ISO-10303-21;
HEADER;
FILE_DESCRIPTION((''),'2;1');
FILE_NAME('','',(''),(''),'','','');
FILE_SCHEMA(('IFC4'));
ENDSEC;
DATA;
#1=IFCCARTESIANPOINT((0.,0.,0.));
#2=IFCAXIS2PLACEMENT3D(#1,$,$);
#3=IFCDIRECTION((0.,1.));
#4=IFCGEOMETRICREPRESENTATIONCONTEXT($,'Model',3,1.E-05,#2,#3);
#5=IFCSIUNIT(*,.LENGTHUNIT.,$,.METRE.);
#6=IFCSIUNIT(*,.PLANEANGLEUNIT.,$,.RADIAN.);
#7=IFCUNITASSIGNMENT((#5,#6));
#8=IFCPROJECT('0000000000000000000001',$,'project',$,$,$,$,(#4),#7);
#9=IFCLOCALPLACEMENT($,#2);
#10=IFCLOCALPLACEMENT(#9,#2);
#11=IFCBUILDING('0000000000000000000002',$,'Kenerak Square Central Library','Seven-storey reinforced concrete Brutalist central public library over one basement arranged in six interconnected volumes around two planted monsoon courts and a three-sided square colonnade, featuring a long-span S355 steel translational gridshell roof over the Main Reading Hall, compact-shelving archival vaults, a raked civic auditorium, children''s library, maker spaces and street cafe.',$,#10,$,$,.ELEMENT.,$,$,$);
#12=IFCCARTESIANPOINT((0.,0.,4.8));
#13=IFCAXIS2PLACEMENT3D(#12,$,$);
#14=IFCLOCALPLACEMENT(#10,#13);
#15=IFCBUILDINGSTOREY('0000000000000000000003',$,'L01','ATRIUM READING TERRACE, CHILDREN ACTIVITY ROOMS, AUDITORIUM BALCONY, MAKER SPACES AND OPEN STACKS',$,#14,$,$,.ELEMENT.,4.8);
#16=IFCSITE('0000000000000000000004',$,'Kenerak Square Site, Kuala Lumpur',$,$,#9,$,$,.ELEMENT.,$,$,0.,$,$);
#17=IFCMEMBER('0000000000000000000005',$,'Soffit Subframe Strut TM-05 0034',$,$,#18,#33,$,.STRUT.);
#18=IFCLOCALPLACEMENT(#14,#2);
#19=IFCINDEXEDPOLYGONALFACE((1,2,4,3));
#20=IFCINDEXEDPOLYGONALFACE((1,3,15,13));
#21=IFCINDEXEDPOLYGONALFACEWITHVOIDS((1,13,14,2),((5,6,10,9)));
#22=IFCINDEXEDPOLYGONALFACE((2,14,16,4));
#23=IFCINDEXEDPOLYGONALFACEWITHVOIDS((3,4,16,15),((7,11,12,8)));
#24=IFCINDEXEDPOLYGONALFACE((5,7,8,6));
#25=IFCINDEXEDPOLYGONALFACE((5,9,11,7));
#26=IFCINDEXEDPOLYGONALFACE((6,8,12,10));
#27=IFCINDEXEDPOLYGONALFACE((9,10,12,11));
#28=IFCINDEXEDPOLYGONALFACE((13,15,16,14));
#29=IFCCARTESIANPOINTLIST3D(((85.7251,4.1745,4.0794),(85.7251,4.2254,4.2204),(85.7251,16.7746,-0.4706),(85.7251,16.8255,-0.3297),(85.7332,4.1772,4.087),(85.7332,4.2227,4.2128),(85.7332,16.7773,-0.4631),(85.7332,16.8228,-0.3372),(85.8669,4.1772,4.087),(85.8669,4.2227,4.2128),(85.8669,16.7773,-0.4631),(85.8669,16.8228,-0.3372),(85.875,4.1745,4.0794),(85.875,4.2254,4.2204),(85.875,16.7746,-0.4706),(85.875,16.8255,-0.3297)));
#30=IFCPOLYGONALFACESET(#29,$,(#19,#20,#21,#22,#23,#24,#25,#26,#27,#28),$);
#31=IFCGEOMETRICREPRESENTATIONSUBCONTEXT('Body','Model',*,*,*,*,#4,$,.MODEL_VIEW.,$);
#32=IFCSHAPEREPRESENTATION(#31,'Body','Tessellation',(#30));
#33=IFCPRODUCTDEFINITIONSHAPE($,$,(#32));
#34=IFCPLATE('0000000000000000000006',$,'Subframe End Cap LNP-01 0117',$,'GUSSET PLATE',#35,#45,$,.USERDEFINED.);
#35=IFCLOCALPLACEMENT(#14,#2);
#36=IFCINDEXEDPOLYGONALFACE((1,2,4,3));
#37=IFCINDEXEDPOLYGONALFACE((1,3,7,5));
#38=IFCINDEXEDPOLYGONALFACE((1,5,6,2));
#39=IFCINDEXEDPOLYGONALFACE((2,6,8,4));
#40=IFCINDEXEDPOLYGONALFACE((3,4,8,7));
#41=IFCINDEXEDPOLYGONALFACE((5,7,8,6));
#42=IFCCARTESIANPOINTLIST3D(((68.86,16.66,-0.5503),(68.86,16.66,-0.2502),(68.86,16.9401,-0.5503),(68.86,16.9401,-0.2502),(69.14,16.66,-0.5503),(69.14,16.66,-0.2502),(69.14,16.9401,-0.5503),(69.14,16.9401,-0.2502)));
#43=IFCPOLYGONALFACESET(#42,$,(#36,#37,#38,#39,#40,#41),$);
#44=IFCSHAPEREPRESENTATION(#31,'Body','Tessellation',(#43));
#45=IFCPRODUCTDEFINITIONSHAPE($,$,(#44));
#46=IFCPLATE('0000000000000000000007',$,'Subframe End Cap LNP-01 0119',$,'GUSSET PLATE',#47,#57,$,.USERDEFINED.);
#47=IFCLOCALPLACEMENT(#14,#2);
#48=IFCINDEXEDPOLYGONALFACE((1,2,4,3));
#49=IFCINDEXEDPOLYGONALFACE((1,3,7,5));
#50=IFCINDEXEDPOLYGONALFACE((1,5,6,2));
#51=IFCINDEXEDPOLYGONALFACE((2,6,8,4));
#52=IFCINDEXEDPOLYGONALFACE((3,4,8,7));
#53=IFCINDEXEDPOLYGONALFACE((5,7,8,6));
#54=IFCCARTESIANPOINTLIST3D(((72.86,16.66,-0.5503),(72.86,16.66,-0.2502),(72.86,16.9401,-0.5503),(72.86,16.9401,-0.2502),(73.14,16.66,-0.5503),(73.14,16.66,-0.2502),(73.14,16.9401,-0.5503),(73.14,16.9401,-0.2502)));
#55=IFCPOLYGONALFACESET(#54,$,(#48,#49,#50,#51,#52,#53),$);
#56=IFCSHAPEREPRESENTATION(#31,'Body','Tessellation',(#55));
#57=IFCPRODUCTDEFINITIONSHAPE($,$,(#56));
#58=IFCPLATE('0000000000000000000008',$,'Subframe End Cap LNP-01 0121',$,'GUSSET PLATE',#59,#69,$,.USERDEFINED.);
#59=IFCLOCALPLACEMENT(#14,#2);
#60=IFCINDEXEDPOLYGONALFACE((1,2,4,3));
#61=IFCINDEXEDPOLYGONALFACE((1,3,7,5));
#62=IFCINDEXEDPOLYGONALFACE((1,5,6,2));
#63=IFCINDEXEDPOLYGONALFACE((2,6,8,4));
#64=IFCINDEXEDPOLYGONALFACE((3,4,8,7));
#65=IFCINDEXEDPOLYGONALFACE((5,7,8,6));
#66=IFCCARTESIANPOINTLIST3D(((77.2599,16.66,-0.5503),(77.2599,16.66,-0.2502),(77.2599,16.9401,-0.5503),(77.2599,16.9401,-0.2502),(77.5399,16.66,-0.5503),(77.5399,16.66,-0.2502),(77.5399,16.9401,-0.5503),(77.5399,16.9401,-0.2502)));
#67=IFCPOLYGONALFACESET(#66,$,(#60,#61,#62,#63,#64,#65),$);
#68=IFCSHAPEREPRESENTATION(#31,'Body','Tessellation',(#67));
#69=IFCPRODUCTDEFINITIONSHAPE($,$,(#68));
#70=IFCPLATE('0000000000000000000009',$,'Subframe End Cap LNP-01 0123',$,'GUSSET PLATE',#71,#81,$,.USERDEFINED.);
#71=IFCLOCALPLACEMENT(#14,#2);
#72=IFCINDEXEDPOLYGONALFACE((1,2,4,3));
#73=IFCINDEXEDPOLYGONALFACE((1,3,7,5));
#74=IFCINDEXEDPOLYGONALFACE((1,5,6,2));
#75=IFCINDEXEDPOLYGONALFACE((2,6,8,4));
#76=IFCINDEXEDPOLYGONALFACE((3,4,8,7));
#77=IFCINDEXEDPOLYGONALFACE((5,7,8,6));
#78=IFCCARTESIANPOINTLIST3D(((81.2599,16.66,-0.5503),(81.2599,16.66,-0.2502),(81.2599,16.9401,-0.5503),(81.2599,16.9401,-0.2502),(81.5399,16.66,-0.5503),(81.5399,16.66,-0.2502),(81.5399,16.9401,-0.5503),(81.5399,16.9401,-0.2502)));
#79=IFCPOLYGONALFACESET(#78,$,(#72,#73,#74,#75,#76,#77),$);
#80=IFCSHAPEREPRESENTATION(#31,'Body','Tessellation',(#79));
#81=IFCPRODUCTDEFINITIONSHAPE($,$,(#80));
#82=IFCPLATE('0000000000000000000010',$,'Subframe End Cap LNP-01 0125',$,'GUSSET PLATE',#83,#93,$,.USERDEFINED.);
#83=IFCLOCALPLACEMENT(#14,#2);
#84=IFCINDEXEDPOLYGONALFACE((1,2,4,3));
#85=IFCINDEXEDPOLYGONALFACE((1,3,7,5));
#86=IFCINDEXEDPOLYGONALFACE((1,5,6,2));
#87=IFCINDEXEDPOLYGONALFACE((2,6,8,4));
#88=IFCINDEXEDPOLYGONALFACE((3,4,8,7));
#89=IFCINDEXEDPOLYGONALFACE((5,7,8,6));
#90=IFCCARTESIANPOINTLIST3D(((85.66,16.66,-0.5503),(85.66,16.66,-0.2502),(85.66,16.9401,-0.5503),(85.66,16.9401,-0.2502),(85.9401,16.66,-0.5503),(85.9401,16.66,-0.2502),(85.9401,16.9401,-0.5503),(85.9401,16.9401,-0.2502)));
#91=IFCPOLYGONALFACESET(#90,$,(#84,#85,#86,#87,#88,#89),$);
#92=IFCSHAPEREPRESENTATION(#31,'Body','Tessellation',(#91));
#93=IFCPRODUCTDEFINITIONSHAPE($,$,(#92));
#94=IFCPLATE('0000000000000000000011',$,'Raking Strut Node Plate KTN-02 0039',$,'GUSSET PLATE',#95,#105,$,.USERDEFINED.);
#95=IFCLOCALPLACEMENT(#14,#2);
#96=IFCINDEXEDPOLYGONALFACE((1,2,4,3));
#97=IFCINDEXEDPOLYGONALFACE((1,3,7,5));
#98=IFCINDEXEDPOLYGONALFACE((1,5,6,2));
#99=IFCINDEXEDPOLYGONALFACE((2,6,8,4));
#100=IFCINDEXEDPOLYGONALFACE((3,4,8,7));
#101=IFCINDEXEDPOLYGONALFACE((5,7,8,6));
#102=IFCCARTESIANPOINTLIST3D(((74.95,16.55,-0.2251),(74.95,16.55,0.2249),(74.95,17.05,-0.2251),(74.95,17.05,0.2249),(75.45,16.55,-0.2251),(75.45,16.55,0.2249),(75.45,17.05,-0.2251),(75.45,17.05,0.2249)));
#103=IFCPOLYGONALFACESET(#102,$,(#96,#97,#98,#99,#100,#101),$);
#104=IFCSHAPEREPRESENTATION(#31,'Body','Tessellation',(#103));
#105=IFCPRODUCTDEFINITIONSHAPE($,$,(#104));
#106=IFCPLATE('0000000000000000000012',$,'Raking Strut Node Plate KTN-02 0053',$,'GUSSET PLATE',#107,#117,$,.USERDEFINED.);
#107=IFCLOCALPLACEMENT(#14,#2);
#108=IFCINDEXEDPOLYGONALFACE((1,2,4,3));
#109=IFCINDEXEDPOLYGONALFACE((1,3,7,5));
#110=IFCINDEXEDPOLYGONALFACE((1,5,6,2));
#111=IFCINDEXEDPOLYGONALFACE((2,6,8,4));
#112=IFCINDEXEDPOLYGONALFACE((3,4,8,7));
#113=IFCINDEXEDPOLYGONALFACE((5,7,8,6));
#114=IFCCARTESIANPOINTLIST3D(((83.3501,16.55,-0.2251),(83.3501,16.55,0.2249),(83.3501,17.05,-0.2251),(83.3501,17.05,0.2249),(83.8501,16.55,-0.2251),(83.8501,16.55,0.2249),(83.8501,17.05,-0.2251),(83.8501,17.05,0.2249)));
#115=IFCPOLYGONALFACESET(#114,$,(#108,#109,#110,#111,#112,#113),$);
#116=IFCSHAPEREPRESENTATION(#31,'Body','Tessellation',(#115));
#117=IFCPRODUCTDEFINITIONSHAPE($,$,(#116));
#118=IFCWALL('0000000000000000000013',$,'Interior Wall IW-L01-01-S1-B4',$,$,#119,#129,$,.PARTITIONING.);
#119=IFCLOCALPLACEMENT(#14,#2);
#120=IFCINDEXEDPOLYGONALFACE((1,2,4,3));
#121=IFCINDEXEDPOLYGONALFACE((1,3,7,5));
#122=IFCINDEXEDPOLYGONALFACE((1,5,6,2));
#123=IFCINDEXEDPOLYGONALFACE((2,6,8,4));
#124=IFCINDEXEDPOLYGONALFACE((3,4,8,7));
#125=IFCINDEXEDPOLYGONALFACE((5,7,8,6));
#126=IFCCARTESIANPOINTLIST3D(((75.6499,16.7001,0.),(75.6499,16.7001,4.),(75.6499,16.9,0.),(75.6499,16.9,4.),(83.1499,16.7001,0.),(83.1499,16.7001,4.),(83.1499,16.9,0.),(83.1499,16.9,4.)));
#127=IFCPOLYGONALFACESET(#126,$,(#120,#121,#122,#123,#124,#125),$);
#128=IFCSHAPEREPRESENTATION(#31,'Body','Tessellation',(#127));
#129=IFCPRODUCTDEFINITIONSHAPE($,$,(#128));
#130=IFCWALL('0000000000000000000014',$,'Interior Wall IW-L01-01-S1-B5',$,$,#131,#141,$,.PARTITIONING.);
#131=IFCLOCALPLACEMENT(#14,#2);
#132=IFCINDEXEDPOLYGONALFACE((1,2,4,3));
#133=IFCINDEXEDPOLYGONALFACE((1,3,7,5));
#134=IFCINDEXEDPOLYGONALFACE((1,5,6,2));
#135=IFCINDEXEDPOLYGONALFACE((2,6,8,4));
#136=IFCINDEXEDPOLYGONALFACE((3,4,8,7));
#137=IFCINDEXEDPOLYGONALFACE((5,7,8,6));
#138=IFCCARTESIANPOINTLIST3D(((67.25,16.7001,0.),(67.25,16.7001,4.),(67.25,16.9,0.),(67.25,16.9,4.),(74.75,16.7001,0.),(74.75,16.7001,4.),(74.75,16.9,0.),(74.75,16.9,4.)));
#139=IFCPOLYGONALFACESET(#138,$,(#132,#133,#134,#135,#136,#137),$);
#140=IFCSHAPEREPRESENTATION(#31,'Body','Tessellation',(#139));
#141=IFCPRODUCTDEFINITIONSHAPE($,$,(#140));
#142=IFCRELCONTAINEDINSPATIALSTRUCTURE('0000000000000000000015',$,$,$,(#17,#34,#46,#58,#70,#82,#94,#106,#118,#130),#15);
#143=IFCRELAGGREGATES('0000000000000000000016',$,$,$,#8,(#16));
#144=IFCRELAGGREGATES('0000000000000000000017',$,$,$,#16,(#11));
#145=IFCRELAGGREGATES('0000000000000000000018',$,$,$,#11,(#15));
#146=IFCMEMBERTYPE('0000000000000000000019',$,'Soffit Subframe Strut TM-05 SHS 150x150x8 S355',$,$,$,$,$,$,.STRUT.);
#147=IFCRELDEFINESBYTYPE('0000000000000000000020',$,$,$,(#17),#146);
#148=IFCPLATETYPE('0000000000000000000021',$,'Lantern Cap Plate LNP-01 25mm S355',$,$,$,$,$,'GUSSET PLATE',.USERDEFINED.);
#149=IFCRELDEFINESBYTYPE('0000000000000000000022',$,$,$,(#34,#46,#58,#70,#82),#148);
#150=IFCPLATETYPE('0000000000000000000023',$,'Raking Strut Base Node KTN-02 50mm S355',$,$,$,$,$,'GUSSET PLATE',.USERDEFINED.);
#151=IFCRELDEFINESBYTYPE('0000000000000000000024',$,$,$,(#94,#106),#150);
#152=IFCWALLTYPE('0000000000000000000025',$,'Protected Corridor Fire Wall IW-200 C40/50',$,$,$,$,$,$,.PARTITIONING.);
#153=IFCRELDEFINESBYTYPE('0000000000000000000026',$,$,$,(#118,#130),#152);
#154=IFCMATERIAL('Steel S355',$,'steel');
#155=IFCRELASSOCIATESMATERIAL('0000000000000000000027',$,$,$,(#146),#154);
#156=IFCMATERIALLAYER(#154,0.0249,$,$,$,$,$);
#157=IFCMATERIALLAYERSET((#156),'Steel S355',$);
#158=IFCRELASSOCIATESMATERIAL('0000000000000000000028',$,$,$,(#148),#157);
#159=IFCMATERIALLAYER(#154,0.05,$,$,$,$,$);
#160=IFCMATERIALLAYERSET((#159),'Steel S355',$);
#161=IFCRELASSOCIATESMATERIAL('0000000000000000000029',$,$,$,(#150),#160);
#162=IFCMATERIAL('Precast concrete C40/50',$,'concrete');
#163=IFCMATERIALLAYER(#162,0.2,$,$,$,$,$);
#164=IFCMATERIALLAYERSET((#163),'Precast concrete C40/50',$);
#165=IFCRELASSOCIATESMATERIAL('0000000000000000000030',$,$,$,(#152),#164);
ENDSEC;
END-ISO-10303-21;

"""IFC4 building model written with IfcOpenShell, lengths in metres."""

from ifc_helpers import new_model, si_unit, direction, frame, frame_2d, origin, origin_2d, place, context, subcontext, project, spatial, rectangle, hollow_rectangle, extrude, material, layer, layer_set, material_profile, profile_set, type_object, element, save


model = new_model("IFC4")

# Units and contexts
model_context = context("Model", 3, precision=1e-05, world=origin(), true_north=direction((0.0, 1.0)))
body_context = subcontext(model_context, "Body", "Model", "MODEL_VIEW")
ifc_project = project(units=[si_unit("LENGTHUNIT", "METRE"), si_unit("PLANEANGLEUNIT", "RADIAN")], contexts=[model_context])

# Site, building, storey
site_placement = place(None, origin())
site = spatial("IfcSite", under=ifc_project, at=site_placement, Name="Kenerak Square Site, Kuala Lumpur", CompositionType="ELEMENT", RefElevation=0.0)
building_placement = place(site_placement, origin())
building = spatial("IfcBuilding", under=site, at=building_placement, Name="Kenerak Square Central Library", Description="Seven-storey reinforced concrete Brutalist central public library over one basement arranged in six interconnected volumes around two planted monsoon courts and a three-sided square colonnade, featuring a long-span S355 steel translational gridshell roof over the Main Reading Hall, compact-shelving archival vaults, a raked civic auditorium, children's library, maker spaces and street cafe.", CompositionType="ELEMENT")
storey_placement = place(building_placement, frame((0.0, 0.0, 4.8)))
storey = spatial("IfcBuildingStorey", under=building, at=storey_placement, Name="L01", Description="ATRIUM READING TERRACE, CHILDREN ACTIVITY ROOMS, AUDITORIUM BALCONY, MAKER SPACES AND OPEN STACKS", CompositionType="ELEMENT", Elevation=4.8)

# Shared definitions
ifc_material_1 = material(Name="Steel S355", Category="steel")

# Member
ifc_material_profile_1 = material_profile(ifc_material_1, hollow_rectangle(XDim=0.1499, YDim=0.1499, WallThickness=0.0081, at=origin_2d()), Name="SHS 150x150x8.0")
ifc_profile_set_1 = profile_set([ifc_material_profile_1], Name="Steel S355")
member_type_1 = type_object("IfcMemberType", Name="Soffit Subframe Strut TM-05 SHS 150x150x8 S355", PredefinedType="STRUT", material=ifc_profile_set_1)
for number, where, z_axis, x_axis, name in (
    (1, (85.8, 16.8, -0.4001), (0.0, -0.940554, 0.339645), (1.0, 0.0, 0.0), "Soffit Subframe Strut TM-05 0034"),
):
    element("IfcMember", number, at=place(storey_placement, frame(where, z_axis=z_axis, x_axis=x_axis)), inside=storey, type_object=member_type_1, Name=name, PredefinedType="STRUT", context=body_context, shape_type="SweptSolid", body=[
        extrude(hollow_rectangle(XDim=0.1499, YDim=0.1499, WallThickness=0.0081, at=origin_2d()), origin(), (0.0, 0.0, 1.0), 13.3965),
    ])

# Plates
ifc_layer_1 = layer(ifc_material_1, 0.0249)
ifc_layer_set_1 = layer_set([ifc_layer_1], Name="Steel S355")
plate_type_1 = type_object("IfcPlateType", Name="Lantern Cap Plate LNP-01 25mm S355", ElementType="GUSSET PLATE", PredefinedType="USERDEFINED", material=ifc_layer_set_1)
for number, where, z_axis, x_axis, name in (
    (2, (69.0, 16.8, -0.5503), (0.0, 0.0, 1.0), (1.0, 0.0, 0.0), "Subframe End Cap LNP-01 0117"),
    (3, (73.0, 16.8, -0.5503), (0.0, 0.0, 1.0), (1.0, 0.0, 0.0), "Subframe End Cap LNP-01 0119"),
    (4, (77.3999, 16.8, -0.5503), (0.0, 0.0, 1.0), (1.0, 0.0, 0.0), "Subframe End Cap LNP-01 0121"),
    (5, (81.3999, 16.8, -0.5503), (0.0, 0.0, 1.0), (1.0, 0.0, 0.0), "Subframe End Cap LNP-01 0123"),
    (6, (85.8, 16.8, -0.5503), (0.0, 0.0, 1.0), (1.0, 0.0, 0.0), "Subframe End Cap LNP-01 0125"),
):
    element("IfcPlate", number, at=place(storey_placement, frame(where, z_axis=z_axis, x_axis=x_axis)), inside=storey, type_object=plate_type_1, Name=name, ObjectType="GUSSET PLATE", PredefinedType="USERDEFINED", context=body_context, shape_type="SweptSolid", body=[
        extrude(rectangle(XDim=0.28, YDim=0.28, at=origin_2d()), origin(), (0.0, 0.0, 1.0), 0.3),
    ])
ifc_layer_2 = layer(ifc_material_1, 0.05)
ifc_layer_set_2 = layer_set([ifc_layer_2], Name="Steel S355")
plate_type_2 = type_object("IfcPlateType", Name="Raking Strut Base Node KTN-02 50mm S355", ElementType="GUSSET PLATE", PredefinedType="USERDEFINED", material=ifc_layer_set_2)
for number, where, z_axis, x_axis, name in (
    (7, (75.2, 16.8, -0.2251), (0.0, 0.0, 1.0), (1.0, 0.0, 0.0), "Raking Strut Node Plate KTN-02 0039"),
    (8, (83.6001, 16.8, -0.2251), (0.0, 0.0, 1.0), (1.0, 0.0, 0.0), "Raking Strut Node Plate KTN-02 0053"),
):
    element("IfcPlate", number, at=place(storey_placement, frame(where, z_axis=z_axis, x_axis=x_axis)), inside=storey, type_object=plate_type_2, Name=name, ObjectType="GUSSET PLATE", PredefinedType="USERDEFINED", context=body_context, shape_type="SweptSolid", body=[
        extrude(rectangle(XDim=0.5, YDim=0.5, at=origin_2d()), origin(), (0.0, 0.0, 1.0), 0.45),
    ])

# Walls
ifc_material_2 = material(Name="Precast concrete C40/50", Category="concrete")
ifc_layer_3 = layer(ifc_material_2, 0.2)
ifc_layer_set_3 = layer_set([ifc_layer_3], Name="Precast concrete C40/50")
wall_type = type_object("IfcWallType", Name="Protected Corridor Fire Wall IW-200 C40/50", PredefinedType="PARTITIONING", material=ifc_layer_set_3)
for number, where, z_axis, x_axis, name in (
    (9, (83.1499, 16.8, 0.0), (0.0, 0.0, 1.0), (-1.0, 0.0, 0.0), "Interior Wall IW-L01-01-S1-B4"),
    (10, (74.75, 16.8, 0.0), (0.0, 0.0, 1.0), (-1.0, 0.0, 0.0), "Interior Wall IW-L01-01-S1-B5"),
):
    element("IfcWall", number, at=place(storey_placement, frame(where, z_axis=z_axis, x_axis=x_axis)), inside=storey, type_object=wall_type, Name=name, PredefinedType="PARTITIONING", context=body_context, shape_type="SweptSolid", body=[
        extrude(rectangle(XDim=7.5, YDim=0.2, at=frame_2d((3.75, 0.0))), origin(), (0.0, 0.0, 1.0), 4.0),
    ])

save(model, "model.ifc")
